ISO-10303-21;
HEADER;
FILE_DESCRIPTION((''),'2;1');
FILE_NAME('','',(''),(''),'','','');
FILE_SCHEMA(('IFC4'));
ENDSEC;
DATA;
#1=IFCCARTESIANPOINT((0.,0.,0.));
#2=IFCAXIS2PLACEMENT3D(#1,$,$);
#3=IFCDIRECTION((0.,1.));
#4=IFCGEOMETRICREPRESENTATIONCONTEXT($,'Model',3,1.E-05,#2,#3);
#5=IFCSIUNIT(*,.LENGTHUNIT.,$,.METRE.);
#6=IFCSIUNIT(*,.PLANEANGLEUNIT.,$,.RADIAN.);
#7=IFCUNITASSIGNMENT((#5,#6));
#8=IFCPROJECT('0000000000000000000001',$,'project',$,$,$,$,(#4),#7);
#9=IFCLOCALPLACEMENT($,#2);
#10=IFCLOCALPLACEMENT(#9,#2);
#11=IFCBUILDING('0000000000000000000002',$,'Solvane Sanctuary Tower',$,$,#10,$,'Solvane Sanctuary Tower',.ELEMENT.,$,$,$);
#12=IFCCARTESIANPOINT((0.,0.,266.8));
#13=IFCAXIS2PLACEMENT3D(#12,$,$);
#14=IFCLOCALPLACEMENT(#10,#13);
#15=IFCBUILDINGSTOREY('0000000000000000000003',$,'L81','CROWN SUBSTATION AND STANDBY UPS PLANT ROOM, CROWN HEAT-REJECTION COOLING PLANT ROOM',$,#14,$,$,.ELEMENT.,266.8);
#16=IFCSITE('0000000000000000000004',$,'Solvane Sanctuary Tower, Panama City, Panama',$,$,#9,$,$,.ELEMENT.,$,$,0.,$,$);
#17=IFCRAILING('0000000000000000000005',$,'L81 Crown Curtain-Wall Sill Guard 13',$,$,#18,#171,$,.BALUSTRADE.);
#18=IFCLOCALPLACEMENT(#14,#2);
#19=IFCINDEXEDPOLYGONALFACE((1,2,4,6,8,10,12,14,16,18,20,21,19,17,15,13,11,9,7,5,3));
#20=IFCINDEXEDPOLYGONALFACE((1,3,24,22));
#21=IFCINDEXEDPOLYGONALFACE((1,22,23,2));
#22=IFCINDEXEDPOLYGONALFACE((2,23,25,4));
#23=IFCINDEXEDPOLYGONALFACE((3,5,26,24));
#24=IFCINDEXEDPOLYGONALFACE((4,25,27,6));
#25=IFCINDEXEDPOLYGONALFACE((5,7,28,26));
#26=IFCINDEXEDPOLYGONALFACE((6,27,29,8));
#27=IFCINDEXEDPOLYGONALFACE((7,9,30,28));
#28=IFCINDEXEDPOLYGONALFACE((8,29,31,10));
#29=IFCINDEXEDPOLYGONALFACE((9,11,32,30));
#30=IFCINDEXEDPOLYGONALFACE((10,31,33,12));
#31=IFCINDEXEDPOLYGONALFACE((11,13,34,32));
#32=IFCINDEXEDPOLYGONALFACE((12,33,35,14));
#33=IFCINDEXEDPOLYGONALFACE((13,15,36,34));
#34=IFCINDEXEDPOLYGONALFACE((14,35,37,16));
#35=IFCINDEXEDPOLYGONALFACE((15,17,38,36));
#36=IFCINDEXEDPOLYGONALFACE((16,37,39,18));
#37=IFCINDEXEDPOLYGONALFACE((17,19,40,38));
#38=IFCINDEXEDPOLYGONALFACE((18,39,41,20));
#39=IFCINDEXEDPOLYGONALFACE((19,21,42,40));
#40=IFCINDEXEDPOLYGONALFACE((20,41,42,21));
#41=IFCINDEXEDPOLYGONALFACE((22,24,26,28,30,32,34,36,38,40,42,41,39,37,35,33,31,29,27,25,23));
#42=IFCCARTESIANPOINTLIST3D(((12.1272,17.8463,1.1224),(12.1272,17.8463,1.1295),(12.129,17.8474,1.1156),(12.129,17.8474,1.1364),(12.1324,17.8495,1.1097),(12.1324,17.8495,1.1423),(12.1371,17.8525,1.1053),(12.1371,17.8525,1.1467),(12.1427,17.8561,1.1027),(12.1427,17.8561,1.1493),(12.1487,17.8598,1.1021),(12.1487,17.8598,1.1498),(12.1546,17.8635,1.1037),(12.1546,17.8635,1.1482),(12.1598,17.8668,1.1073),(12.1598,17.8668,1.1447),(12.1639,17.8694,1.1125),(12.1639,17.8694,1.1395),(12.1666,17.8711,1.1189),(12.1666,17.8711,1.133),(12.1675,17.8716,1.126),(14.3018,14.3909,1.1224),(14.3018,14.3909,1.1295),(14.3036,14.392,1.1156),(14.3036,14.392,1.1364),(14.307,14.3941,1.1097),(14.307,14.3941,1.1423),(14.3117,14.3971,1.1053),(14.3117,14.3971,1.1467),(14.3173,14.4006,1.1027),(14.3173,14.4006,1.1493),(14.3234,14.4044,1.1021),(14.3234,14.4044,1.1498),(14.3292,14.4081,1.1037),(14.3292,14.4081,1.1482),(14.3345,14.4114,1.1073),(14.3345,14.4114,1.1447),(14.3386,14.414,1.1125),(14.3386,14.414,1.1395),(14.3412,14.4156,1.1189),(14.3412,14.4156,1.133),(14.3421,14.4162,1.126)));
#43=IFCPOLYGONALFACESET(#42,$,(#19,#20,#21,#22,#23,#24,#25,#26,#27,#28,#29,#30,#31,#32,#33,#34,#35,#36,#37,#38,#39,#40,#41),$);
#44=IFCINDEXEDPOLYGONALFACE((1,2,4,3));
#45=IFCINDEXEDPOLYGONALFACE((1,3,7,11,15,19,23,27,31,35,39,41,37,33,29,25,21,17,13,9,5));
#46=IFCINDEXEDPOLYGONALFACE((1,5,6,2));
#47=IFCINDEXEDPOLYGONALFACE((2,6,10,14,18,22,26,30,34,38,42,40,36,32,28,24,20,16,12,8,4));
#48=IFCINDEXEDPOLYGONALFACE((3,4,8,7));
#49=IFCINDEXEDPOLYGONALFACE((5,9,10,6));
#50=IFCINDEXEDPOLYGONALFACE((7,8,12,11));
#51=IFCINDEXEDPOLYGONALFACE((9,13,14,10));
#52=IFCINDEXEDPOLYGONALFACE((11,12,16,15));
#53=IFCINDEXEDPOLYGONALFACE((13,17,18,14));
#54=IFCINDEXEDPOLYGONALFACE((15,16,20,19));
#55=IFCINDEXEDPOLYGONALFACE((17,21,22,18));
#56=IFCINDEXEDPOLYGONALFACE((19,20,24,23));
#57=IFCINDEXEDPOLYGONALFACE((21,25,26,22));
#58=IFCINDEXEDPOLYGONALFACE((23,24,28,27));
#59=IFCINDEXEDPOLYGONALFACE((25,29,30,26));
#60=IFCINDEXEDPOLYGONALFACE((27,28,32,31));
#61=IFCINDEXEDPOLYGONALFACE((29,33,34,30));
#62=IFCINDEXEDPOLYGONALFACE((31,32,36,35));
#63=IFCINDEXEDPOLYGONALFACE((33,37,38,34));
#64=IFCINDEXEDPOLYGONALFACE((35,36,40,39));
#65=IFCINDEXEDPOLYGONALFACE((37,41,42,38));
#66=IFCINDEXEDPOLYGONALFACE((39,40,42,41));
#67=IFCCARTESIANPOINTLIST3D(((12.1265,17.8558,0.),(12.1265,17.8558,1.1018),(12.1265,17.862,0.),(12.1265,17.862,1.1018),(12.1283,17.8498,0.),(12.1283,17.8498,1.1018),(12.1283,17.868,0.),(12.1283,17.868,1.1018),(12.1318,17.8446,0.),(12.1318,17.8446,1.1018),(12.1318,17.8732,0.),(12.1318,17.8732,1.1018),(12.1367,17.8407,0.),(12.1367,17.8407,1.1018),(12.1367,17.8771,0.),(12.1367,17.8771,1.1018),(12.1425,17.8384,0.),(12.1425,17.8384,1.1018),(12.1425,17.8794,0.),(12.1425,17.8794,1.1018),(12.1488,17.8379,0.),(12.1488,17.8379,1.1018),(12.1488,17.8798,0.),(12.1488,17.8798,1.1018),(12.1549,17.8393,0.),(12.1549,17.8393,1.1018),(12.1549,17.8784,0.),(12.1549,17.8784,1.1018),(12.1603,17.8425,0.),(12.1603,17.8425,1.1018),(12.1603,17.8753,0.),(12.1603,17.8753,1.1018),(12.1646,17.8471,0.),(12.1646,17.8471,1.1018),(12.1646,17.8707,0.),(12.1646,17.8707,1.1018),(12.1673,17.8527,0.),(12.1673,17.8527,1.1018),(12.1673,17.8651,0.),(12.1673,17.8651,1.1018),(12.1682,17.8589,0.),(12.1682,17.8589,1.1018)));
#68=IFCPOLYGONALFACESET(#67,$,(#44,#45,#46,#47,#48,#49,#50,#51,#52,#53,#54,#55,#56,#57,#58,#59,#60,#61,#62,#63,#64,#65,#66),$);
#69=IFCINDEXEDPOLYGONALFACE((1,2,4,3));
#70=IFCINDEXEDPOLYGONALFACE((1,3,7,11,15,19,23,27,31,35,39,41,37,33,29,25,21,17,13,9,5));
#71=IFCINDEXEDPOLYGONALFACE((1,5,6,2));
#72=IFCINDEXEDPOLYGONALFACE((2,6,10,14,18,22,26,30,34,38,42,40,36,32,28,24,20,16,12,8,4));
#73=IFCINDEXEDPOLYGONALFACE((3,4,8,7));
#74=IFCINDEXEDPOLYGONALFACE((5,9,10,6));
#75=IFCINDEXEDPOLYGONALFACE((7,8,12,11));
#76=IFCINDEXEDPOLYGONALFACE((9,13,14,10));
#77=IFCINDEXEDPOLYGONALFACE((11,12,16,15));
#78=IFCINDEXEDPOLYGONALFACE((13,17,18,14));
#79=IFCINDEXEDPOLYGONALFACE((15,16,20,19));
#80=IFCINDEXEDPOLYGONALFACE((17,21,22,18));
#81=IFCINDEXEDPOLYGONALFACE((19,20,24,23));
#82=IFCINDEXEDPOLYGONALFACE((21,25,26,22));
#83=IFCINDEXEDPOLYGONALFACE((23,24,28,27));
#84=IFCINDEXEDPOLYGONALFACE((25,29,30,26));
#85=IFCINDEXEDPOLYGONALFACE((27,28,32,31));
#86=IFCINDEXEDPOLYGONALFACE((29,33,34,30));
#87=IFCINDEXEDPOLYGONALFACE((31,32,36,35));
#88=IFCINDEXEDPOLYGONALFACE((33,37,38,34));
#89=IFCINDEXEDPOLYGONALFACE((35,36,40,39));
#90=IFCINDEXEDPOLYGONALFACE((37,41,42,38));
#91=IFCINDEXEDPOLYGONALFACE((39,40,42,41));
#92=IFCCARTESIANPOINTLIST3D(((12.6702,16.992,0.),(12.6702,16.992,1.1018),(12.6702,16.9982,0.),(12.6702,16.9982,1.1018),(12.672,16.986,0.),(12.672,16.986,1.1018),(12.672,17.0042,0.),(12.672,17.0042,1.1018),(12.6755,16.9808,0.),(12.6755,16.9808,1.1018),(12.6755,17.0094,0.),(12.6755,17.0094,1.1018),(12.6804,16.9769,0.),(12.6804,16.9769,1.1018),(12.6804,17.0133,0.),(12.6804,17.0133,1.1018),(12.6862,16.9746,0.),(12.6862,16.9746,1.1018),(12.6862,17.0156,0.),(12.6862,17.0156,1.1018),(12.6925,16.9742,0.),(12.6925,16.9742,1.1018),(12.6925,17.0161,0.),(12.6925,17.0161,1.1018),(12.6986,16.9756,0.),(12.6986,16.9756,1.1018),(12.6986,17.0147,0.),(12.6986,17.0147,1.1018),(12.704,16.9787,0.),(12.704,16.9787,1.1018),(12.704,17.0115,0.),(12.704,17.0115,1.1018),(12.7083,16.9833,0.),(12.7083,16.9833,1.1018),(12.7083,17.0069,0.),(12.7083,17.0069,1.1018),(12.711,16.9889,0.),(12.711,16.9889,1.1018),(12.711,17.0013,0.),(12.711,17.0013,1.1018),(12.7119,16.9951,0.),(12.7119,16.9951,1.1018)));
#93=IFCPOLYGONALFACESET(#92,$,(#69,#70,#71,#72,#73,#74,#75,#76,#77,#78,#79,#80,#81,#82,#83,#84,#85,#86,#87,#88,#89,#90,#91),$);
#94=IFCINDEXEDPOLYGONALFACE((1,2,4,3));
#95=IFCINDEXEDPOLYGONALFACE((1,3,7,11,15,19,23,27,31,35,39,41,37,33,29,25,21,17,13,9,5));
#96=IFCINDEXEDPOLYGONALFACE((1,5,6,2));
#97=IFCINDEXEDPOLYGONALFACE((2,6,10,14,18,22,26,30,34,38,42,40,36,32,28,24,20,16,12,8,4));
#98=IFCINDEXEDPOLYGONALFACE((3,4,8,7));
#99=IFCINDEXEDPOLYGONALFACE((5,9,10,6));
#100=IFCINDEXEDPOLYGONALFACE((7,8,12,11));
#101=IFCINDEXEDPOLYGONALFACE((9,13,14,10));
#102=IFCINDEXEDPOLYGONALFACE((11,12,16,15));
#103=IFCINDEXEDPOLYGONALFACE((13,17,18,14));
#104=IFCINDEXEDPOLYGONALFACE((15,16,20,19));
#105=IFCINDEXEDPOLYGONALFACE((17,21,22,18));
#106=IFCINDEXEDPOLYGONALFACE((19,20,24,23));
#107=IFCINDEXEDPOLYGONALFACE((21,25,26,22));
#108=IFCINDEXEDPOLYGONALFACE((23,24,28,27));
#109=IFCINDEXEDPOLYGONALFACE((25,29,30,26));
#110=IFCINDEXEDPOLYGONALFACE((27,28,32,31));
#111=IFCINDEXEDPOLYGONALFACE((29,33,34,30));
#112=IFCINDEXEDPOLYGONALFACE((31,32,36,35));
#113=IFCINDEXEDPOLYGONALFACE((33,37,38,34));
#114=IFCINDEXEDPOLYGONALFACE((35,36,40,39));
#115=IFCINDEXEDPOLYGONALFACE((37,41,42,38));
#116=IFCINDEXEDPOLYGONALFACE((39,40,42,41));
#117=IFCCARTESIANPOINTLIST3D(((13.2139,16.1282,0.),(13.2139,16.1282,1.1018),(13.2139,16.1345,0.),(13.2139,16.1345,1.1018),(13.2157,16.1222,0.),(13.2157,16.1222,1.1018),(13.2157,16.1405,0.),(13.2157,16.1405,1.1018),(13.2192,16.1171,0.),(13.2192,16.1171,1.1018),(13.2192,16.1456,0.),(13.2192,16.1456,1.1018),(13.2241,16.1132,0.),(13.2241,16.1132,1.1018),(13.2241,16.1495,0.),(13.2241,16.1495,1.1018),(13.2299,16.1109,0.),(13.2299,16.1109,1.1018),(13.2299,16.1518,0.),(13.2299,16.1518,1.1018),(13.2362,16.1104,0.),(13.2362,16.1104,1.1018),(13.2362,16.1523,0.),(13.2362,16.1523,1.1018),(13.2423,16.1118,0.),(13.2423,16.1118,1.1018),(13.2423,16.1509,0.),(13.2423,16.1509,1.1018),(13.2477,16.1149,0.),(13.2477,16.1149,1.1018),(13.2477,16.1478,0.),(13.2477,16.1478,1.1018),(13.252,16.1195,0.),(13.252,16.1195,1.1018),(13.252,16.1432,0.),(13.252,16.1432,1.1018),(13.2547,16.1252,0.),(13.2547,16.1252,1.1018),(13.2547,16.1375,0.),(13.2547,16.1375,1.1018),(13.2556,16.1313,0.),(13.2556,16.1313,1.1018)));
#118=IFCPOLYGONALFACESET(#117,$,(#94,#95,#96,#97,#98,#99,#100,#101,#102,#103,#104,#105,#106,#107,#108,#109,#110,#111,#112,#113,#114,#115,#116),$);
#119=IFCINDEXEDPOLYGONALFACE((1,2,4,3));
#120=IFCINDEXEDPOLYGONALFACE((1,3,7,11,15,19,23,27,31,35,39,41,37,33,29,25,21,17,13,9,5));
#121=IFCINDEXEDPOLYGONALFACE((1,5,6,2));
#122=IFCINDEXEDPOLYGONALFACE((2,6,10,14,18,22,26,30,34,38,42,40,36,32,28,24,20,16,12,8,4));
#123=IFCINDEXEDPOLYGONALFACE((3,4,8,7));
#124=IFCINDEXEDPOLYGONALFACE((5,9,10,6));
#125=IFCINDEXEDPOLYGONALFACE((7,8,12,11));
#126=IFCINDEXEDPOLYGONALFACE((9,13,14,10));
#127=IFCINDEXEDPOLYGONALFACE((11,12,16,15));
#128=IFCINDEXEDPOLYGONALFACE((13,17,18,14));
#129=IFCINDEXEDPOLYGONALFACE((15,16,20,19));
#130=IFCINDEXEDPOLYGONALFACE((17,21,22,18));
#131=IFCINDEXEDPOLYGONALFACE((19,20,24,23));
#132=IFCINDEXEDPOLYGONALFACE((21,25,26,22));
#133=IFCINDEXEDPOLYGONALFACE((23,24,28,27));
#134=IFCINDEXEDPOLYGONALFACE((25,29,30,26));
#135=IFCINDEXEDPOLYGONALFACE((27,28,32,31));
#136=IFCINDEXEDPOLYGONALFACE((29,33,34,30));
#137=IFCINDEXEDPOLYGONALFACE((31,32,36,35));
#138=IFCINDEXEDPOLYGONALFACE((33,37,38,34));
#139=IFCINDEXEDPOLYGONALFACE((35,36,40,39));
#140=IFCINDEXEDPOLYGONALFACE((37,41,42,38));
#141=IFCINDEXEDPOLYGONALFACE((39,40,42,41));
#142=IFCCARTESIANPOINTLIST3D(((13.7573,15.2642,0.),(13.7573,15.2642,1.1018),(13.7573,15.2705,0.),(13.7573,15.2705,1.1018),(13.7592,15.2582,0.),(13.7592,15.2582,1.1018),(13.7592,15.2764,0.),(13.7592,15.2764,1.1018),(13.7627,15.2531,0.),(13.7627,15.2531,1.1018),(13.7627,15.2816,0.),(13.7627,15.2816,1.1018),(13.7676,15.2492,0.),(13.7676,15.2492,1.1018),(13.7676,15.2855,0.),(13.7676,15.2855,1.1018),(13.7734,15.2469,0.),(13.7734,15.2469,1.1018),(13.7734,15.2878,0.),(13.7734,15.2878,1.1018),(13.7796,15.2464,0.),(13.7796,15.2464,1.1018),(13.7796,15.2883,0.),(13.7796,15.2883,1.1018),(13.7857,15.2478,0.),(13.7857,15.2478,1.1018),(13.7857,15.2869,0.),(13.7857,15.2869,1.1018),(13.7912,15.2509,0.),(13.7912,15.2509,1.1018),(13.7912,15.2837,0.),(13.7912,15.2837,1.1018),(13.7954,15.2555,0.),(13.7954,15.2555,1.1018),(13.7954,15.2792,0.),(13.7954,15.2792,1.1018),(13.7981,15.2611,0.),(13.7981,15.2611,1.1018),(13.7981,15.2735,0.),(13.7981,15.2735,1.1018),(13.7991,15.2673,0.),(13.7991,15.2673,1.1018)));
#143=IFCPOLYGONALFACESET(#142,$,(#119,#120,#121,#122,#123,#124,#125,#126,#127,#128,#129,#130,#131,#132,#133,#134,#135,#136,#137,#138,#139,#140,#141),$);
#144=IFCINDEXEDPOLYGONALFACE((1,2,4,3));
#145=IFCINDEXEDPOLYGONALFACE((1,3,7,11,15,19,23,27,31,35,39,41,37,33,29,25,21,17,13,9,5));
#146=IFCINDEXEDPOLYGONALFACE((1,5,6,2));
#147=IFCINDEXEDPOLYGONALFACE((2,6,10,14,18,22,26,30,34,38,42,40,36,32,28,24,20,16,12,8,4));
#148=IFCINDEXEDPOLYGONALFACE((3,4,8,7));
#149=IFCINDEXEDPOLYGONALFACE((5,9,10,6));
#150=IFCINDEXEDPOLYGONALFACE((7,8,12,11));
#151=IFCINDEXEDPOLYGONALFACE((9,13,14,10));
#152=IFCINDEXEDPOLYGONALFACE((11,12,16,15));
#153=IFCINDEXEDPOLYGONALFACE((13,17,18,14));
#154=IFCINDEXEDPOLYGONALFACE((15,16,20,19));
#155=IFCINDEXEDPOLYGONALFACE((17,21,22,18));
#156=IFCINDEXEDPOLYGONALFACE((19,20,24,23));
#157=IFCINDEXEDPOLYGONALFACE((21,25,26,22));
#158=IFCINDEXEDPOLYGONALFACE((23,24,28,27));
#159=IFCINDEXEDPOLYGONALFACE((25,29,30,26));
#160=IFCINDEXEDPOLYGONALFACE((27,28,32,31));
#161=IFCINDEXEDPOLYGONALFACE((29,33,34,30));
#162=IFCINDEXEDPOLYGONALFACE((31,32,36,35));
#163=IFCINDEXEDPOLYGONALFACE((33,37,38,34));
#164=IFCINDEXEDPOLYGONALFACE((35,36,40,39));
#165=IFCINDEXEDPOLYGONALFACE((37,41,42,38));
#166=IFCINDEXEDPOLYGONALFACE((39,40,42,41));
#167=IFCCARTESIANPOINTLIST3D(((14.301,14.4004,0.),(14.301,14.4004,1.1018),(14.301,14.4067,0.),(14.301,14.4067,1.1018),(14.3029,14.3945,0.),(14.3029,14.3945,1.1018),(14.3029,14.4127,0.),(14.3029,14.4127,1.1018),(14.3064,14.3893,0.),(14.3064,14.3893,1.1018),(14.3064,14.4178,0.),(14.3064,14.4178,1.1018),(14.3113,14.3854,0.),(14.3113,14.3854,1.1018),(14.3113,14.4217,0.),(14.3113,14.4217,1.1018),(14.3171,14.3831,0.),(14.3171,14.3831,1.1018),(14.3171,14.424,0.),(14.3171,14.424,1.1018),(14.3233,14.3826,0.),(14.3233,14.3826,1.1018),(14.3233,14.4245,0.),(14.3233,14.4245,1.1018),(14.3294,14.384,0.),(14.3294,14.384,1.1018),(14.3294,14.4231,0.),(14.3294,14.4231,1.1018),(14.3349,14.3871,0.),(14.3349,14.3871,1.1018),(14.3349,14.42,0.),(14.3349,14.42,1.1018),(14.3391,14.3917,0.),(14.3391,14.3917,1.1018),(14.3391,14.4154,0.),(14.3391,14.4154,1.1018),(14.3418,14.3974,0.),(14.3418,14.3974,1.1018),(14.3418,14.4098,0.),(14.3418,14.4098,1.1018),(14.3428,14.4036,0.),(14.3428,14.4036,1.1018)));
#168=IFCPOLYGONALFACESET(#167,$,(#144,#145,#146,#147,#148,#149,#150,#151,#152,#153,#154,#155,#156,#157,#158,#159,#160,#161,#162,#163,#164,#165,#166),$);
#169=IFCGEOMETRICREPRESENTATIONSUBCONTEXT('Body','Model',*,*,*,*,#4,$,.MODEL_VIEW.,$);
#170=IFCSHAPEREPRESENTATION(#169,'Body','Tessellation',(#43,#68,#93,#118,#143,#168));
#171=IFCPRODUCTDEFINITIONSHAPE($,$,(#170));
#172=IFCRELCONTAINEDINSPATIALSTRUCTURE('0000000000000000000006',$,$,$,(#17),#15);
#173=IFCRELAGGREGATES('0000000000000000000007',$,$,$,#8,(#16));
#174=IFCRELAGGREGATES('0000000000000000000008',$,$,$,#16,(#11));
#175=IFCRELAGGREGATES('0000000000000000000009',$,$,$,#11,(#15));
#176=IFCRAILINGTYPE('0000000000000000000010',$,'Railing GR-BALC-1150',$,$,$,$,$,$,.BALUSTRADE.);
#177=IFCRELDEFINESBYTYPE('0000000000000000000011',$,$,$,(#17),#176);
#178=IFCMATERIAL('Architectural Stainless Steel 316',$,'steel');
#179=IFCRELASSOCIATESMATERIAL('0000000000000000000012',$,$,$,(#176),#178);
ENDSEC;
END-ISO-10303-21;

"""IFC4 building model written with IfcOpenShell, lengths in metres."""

from ifc_helpers import new_model, si_unit, direction, frame, origin, origin_2d, place, context, subcontext, project, spatial, circle, extrude, material, type_object, element, save


model = new_model("IFC4")

# Units and contexts
model_context = context("Model", 3, precision=1e-05, world=origin(), true_north=direction((0.0, 1.0)))
body_context = subcontext(model_context, "Body", "Model", "MODEL_VIEW")
ifc_project = project(units=[si_unit("LENGTHUNIT", "METRE"), si_unit("PLANEANGLEUNIT", "RADIAN")], contexts=[model_context])

# Site, building, storey
site_placement = place(None, origin())
site = spatial("IfcSite", under=ifc_project, at=site_placement, Name="Solvane Sanctuary Tower, Panama City, Panama", CompositionType="ELEMENT", RefElevation=0.0)
building_placement = place(site_placement, origin())
building = spatial("IfcBuilding", under=site, at=building_placement, Name="Solvane Sanctuary Tower", LongName="Solvane Sanctuary Tower", CompositionType="ELEMENT")
storey_placement = place(building_placement, frame((0.0, 0.0, 266.8)))
storey = spatial("IfcBuildingStorey", under=building, at=storey_placement, Name="L81", Description="CROWN SUBSTATION AND STANDBY UPS PLANT ROOM, CROWN HEAT-REJECTION COOLING PLANT ROOM", CompositionType="ELEMENT", Elevation=266.8)

# Shared definitions
ifc_material_1 = material(Name="Architectural Stainless Steel 316", Category="steel")

# Railing
railing_type_1 = type_object("IfcRailingType", Name="Railing GR-BALC-1150", PredefinedType="BALUSTRADE", material=ifc_material_1)
railing_1_placement = place(storey_placement, frame((12.1472, 17.8589, 0.0)))
element("IfcRailing", 1, at=railing_1_placement, inside=storey, type_object=railing_type_1, Name="L81 Crown Curtain-Wall Sill Guard 13", PredefinedType="BALUSTRADE", context=body_context, shape_type="SweptSolid", body=[
    extrude(circle(Radius=0.0239, at=origin_2d()), frame((0.0, 0.0, 1.126), z_axis=(0.532636, -0.846345, 0.0), x_axis=(0.846345, 0.532636, 0.0)), (0.0, 0.0, 1.0), 4.0828),
    extrude(circle(Radius=0.021, at=origin_2d()), origin(), (0.0, 0.0, 1.0), 1.1018),
    extrude(circle(Radius=0.021, at=origin_2d()), frame((0.5437, -0.8638, 0.0)), (0.0, 0.0, 1.0), 1.1018),
    extrude(circle(Radius=0.021, at=origin_2d()), frame((1.0874, -1.7275, 0.0)), (0.0, 0.0, 1.0), 1.1018),
    extrude(circle(Radius=0.021, at=origin_2d()), frame((1.6309, -2.5916, 0.0)), (0.0, 0.0, 1.0), 1.1018),
    extrude(circle(Radius=0.021, at=origin_2d()), frame((2.1746, -3.4553, 0.0)), (0.0, 0.0, 1.0), 1.1018),
])

save(model, "model.ifc")
